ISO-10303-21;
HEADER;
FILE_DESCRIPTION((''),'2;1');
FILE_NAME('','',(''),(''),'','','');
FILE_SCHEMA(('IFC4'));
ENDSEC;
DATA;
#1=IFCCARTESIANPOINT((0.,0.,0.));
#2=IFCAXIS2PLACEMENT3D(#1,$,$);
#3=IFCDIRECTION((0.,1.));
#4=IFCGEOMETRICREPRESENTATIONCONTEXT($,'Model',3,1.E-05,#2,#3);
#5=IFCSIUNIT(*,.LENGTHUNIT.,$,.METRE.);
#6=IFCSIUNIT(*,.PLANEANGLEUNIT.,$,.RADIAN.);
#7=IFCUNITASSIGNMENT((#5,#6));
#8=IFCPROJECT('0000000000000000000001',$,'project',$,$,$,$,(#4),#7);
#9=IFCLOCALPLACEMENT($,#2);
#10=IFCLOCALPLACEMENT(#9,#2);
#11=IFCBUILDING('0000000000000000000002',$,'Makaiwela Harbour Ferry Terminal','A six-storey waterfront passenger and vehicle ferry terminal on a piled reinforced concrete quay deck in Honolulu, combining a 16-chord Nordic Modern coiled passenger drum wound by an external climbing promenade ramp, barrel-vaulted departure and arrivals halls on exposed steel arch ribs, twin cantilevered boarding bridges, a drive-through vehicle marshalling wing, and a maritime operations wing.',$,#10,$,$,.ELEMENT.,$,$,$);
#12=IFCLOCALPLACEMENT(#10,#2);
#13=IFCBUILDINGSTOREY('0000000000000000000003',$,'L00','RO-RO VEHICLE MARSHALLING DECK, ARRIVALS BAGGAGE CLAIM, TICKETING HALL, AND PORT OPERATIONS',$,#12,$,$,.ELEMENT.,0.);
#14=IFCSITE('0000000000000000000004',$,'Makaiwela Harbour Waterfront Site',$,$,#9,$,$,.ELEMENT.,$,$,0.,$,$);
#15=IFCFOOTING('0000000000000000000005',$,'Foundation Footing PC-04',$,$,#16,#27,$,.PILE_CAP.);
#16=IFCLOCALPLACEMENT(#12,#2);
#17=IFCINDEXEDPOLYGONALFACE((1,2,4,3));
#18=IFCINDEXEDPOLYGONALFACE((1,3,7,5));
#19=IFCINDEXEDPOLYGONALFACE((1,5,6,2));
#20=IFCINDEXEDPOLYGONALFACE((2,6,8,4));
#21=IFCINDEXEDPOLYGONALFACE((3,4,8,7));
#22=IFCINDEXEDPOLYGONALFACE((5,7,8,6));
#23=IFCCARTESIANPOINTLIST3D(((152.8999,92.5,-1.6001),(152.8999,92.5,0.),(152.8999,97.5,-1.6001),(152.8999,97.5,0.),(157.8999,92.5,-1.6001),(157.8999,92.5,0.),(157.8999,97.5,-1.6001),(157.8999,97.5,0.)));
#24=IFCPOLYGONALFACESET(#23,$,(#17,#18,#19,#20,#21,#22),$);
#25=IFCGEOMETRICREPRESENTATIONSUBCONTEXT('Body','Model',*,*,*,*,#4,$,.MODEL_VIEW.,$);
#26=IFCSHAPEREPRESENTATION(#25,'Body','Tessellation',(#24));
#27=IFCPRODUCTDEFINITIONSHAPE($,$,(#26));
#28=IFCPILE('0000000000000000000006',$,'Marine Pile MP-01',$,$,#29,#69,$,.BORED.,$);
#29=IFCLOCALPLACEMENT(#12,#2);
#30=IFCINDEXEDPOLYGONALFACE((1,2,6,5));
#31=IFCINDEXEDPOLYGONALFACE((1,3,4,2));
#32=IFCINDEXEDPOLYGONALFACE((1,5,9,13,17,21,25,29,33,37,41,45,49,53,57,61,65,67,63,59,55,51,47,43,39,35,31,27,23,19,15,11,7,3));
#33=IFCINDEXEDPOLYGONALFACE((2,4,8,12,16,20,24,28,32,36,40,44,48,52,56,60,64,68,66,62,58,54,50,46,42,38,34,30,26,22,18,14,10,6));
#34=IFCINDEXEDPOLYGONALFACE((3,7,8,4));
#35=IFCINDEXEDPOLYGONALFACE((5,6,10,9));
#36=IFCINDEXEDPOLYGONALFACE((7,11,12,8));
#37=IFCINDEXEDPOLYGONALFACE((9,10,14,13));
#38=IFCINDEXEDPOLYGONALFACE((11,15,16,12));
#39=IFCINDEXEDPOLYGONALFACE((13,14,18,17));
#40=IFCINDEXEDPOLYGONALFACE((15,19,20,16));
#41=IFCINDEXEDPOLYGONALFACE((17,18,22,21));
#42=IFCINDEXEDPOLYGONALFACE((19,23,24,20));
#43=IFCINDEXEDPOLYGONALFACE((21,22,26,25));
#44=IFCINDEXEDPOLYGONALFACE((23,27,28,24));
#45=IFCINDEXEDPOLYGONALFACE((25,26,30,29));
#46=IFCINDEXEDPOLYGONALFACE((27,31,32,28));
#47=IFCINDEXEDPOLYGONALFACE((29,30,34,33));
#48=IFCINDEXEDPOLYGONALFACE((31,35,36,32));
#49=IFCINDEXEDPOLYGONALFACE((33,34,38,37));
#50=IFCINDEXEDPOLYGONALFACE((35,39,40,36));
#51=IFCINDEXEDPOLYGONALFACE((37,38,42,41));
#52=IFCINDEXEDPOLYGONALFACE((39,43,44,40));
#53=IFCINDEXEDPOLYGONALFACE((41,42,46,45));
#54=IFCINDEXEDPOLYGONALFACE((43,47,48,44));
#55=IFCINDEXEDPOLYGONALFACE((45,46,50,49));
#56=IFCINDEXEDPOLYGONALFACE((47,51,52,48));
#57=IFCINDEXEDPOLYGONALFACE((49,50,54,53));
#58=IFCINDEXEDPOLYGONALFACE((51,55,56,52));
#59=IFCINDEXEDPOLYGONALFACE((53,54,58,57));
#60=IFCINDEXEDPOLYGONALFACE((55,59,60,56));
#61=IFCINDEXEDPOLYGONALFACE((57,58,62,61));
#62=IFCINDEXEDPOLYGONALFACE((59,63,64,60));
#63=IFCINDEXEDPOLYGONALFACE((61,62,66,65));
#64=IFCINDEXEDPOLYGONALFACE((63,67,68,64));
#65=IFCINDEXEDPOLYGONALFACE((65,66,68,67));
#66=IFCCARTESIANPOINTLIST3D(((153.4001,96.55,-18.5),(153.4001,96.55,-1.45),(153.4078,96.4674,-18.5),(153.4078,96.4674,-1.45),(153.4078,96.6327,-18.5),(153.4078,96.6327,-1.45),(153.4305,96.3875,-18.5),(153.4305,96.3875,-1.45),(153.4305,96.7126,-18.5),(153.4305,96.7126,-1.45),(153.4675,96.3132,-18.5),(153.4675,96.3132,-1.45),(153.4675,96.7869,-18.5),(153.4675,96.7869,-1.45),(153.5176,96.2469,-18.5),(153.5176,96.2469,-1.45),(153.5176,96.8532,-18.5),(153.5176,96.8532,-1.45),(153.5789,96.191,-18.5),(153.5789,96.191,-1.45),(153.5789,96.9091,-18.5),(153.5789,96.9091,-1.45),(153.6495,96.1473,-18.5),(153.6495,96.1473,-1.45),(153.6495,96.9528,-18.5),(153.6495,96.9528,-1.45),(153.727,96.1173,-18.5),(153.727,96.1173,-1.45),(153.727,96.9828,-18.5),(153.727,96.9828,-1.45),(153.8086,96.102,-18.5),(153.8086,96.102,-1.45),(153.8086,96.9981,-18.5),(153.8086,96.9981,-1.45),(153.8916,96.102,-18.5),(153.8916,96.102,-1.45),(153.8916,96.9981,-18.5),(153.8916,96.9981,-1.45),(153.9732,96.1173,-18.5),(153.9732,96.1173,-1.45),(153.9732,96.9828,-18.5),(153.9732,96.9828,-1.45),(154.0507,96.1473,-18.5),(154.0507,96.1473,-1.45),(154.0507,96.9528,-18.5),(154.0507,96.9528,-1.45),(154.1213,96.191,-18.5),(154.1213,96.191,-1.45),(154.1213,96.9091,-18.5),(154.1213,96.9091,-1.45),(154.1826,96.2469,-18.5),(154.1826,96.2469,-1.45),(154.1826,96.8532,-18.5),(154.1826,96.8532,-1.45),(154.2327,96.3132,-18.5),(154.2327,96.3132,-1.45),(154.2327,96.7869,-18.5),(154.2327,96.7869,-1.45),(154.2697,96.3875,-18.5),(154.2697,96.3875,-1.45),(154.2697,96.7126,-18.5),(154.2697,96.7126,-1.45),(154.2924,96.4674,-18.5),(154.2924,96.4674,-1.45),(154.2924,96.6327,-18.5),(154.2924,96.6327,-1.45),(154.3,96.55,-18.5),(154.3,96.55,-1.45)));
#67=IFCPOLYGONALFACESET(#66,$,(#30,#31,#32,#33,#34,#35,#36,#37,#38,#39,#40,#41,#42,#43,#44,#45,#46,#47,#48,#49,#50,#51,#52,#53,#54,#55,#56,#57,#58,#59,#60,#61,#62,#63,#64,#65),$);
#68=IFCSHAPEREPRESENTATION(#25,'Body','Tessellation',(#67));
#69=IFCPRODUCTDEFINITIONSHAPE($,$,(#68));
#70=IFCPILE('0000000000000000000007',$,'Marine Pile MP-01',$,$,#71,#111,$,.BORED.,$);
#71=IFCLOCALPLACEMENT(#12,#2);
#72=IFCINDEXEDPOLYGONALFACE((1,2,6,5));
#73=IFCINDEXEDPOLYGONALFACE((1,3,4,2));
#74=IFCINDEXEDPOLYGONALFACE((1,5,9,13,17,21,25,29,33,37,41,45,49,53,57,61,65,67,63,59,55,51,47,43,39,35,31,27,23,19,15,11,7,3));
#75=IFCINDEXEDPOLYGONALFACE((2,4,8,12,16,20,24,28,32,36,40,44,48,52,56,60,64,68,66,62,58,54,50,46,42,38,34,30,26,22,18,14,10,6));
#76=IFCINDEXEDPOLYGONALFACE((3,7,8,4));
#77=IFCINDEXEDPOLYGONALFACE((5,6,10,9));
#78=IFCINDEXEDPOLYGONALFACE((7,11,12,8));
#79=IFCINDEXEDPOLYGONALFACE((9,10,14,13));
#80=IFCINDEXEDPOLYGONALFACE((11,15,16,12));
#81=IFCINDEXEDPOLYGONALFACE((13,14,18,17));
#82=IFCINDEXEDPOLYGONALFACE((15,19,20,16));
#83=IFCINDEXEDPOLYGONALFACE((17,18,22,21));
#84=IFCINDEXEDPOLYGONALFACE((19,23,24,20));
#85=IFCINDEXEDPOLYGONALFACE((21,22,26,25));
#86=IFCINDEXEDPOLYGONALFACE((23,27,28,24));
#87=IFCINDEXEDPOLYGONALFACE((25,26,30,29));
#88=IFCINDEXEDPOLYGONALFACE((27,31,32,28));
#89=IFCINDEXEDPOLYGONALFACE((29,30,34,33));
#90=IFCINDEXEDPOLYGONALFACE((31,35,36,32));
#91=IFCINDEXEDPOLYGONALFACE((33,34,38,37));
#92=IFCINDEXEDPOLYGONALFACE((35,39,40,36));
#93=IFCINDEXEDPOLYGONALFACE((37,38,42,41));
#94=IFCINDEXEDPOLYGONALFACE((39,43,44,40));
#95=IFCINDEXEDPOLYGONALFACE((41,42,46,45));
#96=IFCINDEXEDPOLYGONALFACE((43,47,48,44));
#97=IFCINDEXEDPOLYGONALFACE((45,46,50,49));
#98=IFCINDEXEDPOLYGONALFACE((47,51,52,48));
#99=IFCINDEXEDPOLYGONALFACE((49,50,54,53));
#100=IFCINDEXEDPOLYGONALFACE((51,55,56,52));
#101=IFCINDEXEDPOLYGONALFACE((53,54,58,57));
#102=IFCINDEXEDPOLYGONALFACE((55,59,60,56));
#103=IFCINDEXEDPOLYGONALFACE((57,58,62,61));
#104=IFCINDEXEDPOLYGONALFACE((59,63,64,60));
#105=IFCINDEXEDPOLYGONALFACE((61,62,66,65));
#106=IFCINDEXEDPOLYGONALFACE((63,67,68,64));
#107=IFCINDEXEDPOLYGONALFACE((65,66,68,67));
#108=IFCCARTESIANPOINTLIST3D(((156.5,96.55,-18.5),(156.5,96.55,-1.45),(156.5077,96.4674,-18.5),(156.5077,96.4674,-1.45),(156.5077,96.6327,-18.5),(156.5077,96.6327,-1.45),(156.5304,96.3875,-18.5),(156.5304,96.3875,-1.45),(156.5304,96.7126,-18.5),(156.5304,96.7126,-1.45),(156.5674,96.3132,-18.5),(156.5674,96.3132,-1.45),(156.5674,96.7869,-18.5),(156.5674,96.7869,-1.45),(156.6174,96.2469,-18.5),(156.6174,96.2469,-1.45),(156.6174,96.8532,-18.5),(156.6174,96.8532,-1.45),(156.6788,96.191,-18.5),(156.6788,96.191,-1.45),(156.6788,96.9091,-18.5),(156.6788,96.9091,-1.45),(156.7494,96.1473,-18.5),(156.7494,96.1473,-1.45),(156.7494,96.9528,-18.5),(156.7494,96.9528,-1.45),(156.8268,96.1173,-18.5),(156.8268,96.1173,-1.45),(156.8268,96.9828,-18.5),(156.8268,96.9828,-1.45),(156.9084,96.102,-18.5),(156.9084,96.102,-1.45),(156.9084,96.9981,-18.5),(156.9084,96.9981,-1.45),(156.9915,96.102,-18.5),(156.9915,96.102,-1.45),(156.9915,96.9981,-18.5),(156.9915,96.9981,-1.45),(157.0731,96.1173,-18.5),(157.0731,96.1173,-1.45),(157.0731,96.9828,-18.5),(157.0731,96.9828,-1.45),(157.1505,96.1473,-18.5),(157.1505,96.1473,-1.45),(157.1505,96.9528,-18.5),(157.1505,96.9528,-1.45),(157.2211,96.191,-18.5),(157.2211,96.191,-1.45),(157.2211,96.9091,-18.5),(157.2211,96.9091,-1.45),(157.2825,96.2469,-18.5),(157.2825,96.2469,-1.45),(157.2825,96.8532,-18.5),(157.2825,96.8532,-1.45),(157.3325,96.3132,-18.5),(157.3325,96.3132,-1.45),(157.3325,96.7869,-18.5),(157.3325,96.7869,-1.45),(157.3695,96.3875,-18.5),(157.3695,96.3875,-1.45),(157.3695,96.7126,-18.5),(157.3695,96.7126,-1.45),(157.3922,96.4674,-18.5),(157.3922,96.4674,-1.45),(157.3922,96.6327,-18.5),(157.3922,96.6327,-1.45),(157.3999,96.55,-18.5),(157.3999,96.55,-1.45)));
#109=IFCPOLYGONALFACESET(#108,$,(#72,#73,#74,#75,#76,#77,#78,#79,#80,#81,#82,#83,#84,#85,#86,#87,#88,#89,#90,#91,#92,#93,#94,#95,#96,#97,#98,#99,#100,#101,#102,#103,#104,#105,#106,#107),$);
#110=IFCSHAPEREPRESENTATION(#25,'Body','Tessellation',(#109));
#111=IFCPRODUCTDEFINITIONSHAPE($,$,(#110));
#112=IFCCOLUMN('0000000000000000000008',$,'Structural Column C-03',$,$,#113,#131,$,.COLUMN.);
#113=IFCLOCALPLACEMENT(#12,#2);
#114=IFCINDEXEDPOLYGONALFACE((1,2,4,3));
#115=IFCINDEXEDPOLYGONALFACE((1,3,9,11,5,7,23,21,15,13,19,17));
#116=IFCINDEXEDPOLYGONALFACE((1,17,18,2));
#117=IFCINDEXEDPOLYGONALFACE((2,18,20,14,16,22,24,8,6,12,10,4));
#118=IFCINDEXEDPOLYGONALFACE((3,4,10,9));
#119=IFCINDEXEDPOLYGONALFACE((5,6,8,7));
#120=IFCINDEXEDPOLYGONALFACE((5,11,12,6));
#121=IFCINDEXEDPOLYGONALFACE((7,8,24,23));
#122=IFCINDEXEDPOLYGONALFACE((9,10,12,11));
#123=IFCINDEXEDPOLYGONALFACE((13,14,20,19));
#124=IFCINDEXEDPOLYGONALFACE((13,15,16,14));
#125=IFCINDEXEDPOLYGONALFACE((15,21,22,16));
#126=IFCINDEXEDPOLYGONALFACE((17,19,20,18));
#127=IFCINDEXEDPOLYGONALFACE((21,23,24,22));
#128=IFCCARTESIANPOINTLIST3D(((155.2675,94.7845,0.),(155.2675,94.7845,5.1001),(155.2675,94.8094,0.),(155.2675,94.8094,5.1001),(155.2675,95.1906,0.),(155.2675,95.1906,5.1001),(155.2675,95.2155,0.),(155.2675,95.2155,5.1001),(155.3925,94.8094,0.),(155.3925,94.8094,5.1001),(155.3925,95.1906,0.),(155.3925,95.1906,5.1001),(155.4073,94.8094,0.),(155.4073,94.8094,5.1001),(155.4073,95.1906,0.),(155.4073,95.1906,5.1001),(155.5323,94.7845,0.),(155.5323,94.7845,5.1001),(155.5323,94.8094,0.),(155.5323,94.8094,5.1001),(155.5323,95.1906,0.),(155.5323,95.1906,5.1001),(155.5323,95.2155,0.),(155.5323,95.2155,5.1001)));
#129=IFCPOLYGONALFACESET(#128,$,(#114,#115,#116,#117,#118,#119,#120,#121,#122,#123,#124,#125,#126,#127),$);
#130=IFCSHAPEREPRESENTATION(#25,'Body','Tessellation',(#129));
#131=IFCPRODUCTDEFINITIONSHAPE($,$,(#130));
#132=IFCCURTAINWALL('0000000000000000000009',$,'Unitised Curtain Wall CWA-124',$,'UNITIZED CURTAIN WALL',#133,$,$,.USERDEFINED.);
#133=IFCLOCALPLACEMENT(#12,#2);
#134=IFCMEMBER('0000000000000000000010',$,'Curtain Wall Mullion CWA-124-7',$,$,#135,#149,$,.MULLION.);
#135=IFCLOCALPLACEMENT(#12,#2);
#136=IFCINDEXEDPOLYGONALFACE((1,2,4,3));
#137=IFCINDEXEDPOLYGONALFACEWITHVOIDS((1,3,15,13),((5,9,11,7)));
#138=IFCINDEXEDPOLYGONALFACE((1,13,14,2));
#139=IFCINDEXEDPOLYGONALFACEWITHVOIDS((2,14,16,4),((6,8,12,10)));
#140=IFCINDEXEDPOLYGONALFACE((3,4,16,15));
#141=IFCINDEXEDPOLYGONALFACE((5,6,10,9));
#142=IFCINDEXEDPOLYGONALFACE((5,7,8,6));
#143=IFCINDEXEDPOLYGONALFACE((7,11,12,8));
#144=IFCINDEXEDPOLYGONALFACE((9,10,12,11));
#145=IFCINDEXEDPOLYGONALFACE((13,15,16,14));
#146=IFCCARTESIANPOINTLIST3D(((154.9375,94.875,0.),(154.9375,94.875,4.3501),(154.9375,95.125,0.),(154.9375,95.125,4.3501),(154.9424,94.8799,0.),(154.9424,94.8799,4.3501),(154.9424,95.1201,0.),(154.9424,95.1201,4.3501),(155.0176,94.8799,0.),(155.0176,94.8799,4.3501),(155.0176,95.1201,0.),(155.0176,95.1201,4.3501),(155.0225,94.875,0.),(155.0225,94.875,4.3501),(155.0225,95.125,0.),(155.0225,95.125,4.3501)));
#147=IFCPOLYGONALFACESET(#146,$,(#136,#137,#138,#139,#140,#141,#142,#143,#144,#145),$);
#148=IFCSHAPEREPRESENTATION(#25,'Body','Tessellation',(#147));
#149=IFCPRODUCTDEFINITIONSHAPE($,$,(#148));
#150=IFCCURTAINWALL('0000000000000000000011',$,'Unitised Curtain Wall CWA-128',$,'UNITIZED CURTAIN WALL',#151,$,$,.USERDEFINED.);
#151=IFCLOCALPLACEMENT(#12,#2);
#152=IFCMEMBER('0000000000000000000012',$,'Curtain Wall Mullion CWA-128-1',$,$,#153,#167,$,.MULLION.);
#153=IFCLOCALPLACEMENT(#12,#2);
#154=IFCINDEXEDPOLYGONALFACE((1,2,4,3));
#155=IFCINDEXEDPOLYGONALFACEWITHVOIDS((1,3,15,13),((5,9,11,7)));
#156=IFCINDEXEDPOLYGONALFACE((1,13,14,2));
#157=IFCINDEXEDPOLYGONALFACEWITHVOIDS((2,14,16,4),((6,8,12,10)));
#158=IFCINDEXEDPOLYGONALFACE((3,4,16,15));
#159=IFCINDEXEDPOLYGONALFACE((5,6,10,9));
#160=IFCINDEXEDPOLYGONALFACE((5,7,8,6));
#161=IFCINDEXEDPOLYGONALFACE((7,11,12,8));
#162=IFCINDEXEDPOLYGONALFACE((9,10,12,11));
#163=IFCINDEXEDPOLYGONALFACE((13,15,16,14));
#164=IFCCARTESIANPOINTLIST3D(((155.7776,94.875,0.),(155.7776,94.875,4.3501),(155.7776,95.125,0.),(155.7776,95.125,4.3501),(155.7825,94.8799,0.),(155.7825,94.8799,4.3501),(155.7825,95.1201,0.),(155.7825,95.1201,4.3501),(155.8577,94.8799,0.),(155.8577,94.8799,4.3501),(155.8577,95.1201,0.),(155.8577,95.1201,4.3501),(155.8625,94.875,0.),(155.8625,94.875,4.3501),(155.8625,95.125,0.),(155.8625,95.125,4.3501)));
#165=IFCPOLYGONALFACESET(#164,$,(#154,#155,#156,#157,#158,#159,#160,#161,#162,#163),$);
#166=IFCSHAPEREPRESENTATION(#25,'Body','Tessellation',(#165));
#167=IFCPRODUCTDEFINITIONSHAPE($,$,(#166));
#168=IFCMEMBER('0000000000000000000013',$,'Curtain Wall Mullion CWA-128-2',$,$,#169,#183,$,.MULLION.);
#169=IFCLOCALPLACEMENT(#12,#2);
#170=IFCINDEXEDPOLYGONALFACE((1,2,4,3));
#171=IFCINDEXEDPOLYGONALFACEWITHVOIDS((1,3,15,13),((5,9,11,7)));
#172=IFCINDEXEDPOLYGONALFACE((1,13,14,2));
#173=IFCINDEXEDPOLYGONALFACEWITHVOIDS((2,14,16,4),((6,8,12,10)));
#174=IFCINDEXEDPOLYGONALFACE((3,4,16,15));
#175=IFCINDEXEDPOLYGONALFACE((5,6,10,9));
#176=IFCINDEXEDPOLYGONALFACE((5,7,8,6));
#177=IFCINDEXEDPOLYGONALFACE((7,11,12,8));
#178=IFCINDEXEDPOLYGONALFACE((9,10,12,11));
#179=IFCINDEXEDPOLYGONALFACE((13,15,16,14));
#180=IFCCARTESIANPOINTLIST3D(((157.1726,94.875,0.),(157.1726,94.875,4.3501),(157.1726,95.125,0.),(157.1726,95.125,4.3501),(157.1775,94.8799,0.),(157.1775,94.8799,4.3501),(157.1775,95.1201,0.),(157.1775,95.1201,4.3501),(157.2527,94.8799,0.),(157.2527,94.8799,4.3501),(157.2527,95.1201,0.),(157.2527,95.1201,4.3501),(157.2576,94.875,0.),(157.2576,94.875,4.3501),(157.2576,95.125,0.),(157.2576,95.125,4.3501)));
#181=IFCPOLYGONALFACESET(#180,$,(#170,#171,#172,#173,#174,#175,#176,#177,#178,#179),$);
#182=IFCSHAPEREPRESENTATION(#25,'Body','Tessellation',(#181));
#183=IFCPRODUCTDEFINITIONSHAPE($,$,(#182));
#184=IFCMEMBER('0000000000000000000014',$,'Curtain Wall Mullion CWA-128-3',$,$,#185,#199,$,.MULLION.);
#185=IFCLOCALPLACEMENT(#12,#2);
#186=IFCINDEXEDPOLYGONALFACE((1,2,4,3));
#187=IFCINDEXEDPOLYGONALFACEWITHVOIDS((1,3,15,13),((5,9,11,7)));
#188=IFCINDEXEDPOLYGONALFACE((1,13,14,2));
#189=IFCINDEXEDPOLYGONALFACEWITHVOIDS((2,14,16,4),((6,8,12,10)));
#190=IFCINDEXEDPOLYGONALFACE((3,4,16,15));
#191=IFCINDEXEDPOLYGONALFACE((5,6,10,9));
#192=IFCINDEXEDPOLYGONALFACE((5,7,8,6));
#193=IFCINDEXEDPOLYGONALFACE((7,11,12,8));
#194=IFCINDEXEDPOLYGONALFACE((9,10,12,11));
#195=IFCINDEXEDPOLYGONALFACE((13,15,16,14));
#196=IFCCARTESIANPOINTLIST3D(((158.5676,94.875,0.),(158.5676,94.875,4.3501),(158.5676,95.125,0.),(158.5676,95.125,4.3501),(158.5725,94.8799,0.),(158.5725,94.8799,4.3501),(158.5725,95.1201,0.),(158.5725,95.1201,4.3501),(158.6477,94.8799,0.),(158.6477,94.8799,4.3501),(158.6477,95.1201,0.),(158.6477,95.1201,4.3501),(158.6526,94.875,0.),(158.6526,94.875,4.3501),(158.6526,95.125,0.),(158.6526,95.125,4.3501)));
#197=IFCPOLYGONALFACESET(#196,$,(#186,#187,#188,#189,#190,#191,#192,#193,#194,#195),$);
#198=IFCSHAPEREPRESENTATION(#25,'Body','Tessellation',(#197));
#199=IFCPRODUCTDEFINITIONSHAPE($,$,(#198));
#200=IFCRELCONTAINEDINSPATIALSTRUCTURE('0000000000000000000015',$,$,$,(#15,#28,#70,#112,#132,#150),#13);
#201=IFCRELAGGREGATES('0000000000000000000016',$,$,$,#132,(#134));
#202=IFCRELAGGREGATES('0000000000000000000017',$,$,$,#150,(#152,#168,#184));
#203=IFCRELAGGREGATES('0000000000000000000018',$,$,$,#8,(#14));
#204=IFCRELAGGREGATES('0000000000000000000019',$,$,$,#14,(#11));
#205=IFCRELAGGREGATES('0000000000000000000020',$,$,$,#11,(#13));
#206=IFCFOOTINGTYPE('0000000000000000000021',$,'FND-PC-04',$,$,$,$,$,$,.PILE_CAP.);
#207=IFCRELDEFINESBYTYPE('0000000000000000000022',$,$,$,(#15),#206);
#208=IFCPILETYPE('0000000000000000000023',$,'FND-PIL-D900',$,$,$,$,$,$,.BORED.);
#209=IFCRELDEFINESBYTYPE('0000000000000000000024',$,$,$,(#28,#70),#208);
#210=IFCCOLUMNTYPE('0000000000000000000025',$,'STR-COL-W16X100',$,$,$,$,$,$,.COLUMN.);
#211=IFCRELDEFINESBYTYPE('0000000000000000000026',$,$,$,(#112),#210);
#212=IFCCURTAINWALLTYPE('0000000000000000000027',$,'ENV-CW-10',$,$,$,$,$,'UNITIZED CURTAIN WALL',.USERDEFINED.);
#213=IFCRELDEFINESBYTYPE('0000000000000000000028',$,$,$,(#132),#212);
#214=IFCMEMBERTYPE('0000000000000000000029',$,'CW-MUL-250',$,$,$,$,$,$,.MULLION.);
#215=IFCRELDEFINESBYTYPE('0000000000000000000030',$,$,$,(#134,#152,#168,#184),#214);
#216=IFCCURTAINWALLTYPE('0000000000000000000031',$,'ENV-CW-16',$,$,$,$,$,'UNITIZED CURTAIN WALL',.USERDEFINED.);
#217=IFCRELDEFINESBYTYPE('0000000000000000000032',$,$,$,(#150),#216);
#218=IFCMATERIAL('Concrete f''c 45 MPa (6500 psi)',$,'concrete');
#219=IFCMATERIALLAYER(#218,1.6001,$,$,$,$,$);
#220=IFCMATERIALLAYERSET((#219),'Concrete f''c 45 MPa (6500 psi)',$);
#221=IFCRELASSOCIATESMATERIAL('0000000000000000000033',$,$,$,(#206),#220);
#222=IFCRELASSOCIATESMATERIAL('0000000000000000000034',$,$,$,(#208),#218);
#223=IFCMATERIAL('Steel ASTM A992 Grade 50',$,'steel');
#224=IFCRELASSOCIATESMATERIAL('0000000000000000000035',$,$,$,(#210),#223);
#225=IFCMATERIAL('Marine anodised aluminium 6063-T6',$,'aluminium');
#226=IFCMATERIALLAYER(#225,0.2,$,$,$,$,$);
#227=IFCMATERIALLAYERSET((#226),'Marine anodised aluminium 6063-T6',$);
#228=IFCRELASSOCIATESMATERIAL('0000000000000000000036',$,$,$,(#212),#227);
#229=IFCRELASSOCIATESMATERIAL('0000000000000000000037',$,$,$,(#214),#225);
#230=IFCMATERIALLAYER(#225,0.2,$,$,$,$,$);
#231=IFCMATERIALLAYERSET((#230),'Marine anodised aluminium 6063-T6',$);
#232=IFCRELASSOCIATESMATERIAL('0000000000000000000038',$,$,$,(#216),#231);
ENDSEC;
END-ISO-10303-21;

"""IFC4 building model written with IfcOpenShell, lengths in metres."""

from ifc_helpers import new_model, si_unit, direction, frame, origin, origin_2d, place, context, subcontext, project, spatial, rectangle, hollow_rectangle, circle, i_section, extrude, material, layer, layer_set, material_profile, profile_set, type_object, element, aggregate, save


model = new_model("IFC4")

# Units and contexts
model_context = context("Model", 3, precision=1e-05, world=origin(), true_north=direction((0.0, 1.0)))
body_context = subcontext(model_context, "Body", "Model", "MODEL_VIEW")
ifc_project = project(units=[si_unit("LENGTHUNIT", "METRE"), si_unit("PLANEANGLEUNIT", "RADIAN")], contexts=[model_context])

# Site, building, storey
site_placement = place(None, origin())
site = spatial("IfcSite", under=ifc_project, at=site_placement, Name="Makaiwela Harbour Waterfront Site", CompositionType="ELEMENT", RefElevation=0.0)
building_placement = place(site_placement, origin())
building = spatial("IfcBuilding", under=site, at=building_placement, Name="Makaiwela Harbour Ferry Terminal", Description="A six-storey waterfront passenger and vehicle ferry terminal on a piled reinforced concrete quay deck in Honolulu, combining a 16-chord Nordic Modern coiled passenger drum wound by an external climbing promenade ramp, barrel-vaulted departure and arrivals halls on exposed steel arch ribs, twin cantilevered boarding bridges, a drive-through vehicle marshalling wing, and a maritime operations wing.", CompositionType="ELEMENT")
storey_placement = place(building_placement, origin())
storey = spatial("IfcBuildingStorey", under=building, at=storey_placement, Name="L00", Description="RO-RO VEHICLE MARSHALLING DECK, ARRIVALS BAGGAGE CLAIM, TICKETING HALL, AND PORT OPERATIONS", CompositionType="ELEMENT", Elevation=0.0)

# Footing
ifc_material_1 = material(Name="Concrete f'c 45 MPa (6500 psi)", Category="concrete")
ifc_layer_1 = layer(ifc_material_1, 1.6001)
ifc_layer_set_1 = layer_set([ifc_layer_1], Name="Concrete f'c 45 MPa (6500 psi)")
footing_type = type_object("IfcFootingType", Name="FND-PC-04", PredefinedType="PILE_CAP", material=ifc_layer_set_1)
footing_placement = place(storey_placement, frame((155.3999, 95.0, -1.6001), z_axis=(0.0, 0.0, 1.0), x_axis=(1.0, 0.0, 0.0)))
element("IfcFooting", 1, at=footing_placement, inside=storey, type_object=footing_type, Name="Foundation Footing PC-04", PredefinedType="PILE_CAP", context=body_context, shape_type="SweptSolid", body=[
    extrude(rectangle(XDim=5.0, YDim=5.0, at=origin_2d()), origin(), (0.0, 0.0, 1.0), 1.6001),
])

# Piles
ifc_material_profile_1 = material_profile(ifc_material_1, circle(Radius=0.45, at=origin_2d()), Name="PILE-D900")
ifc_profile_set_1 = profile_set([ifc_material_profile_1], Name="Concrete f'c 45 MPa (6500 psi)")
pile_type = type_object("IfcPileType", Name="FND-PIL-D900", PredefinedType="BORED", material=ifc_profile_set_1)
for number, where, z_axis, x_axis, name in (
    (2, (153.8501, 96.55, -1.45), (0.0, 0.0, -1.0), (1.0, 0.0, 0.0), "Marine Pile MP-01"),
    (3, (156.95, 96.55, -1.45), (0.0, 0.0, -1.0), (1.0, 0.0, 0.0), "Marine Pile MP-01"),
):
    element("IfcPile", number, at=place(storey_placement, frame(where, z_axis=z_axis, x_axis=x_axis)), inside=storey, type_object=pile_type, Name=name, PredefinedType="BORED", context=body_context, shape_type="SweptSolid", body=[
        extrude(circle(Radius=0.45, at=origin_2d()), origin(), (0.0, 0.0, 1.0), 17.05),
    ])

# Column
ifc_material_2 = material(Name="Steel ASTM A992 Grade 50", Category="steel")
ifc_material_profile_2 = material_profile(ifc_material_2, i_section(OverallWidth=0.2649, OverallDepth=0.4309, WebThickness=0.0149, FlangeThickness=0.0249, at=origin_2d()), Name="W16X100")
ifc_profile_set_2 = profile_set([ifc_material_profile_2], Name="Steel ASTM A992 Grade 50")
column_type = type_object("IfcColumnType", Name="STR-COL-W16X100", PredefinedType="COLUMN", material=ifc_profile_set_2)
column_placement = place(storey_placement, frame((155.3999, 95.0, 0.0), z_axis=(0.0, 0.0, 1.0), x_axis=(1.0, 0.0, 0.0)))
element("IfcColumn", 4, at=column_placement, inside=storey, type_object=column_type, Name="Structural Column C-03", PredefinedType="COLUMN", context=body_context, shape_type="SweptSolid", body=[
    extrude(i_section(OverallWidth=0.2649, OverallDepth=0.4309, WebThickness=0.0149, FlangeThickness=0.0249, at=origin_2d()), origin(), (0.0, 0.0, 1.0), 5.1001),
])

# Curtain wall, member
ifc_material_3 = material(Name="Marine anodised aluminium 6063-T6", Category="aluminium")
ifc_layer_2 = layer(ifc_material_3, 0.2)
ifc_layer_set_2 = layer_set([ifc_layer_2], Name="Marine anodised aluminium 6063-T6")
curtain_wall_type_1 = type_object("IfcCurtainWallType", Name="ENV-CW-10", ElementType="UNITIZED CURTAIN WALL", PredefinedType="USERDEFINED", material=ifc_layer_set_2)
curtain_wall_1_placement = place(storey_placement, origin())
curtain_wall_1 = element("IfcCurtainWall", 5, at=curtain_wall_1_placement, inside=storey, type_object=curtain_wall_type_1, Name="Unitised Curtain Wall CWA-124", ObjectType="UNITIZED CURTAIN WALL", PredefinedType="USERDEFINED")
ifc_material_profile_3 = material_profile(ifc_material_3, hollow_rectangle(XDim=0.085, YDim=0.25, WallThickness=0.0049, at=origin_2d()), Name="CWM-250X85")
ifc_profile_set_3 = profile_set([ifc_material_profile_3], Name="Marine anodised aluminium 6063-T6")
member_type_1 = type_object("IfcMemberType", Name="CW-MUL-250", PredefinedType="MULLION", material=ifc_profile_set_3)
member_1_placement = place(storey_placement, frame((154.98, 95.0, 0.0), z_axis=(0.0, 0.0, 1.0), x_axis=(1.0, 0.0, 0.0)))
member_1 = element("IfcMember", 6, at=member_1_placement, type_object=member_type_1, Name="Curtain Wall Mullion CWA-124-7", PredefinedType="MULLION", context=body_context, shape_type="SweptSolid", body=[
    extrude(hollow_rectangle(XDim=0.085, YDim=0.25, WallThickness=0.0049, at=origin_2d()), origin(), (0.0, 0.0, 1.0), 4.3501),
])

# Curtain wall, members
ifc_layer_3 = layer(ifc_material_3, 0.2)
ifc_layer_set_3 = layer_set([ifc_layer_3], Name="Marine anodised aluminium 6063-T6")
curtain_wall_type_2 = type_object("IfcCurtainWallType", Name="ENV-CW-16", ElementType="UNITIZED CURTAIN WALL", PredefinedType="USERDEFINED", material=ifc_layer_set_3)
curtain_wall_2_placement = place(storey_placement, origin())
curtain_wall_2 = element("IfcCurtainWall", 7, at=curtain_wall_2_placement, inside=storey, type_object=curtain_wall_type_2, Name="Unitised Curtain Wall CWA-128", ObjectType="UNITIZED CURTAIN WALL", PredefinedType="USERDEFINED")
member_2_placement = place(storey_placement, frame((155.8201, 95.0, 0.0), z_axis=(0.0, 0.0, 1.0), x_axis=(1.0, 0.0, 0.0)))
member_2 = element("IfcMember", 8, at=member_2_placement, type_object=member_type_1, Name="Curtain Wall Mullion CWA-128-1", PredefinedType="MULLION", context=body_context, shape_type="SweptSolid", body=[
    extrude(hollow_rectangle(XDim=0.085, YDim=0.25, WallThickness=0.0049, at=origin_2d()), origin(), (0.0, 0.0, 1.0), 4.3501),
])
member_3_placement = place(storey_placement, frame((157.2151, 95.0, 0.0), z_axis=(0.0, 0.0, 1.0), x_axis=(1.0, 0.0, 0.0)))
member_3 = element("IfcMember", 9, at=member_3_placement, type_object=member_type_1, Name="Curtain Wall Mullion CWA-128-2", PredefinedType="MULLION", context=body_context, shape_type="SweptSolid", body=[
    extrude(hollow_rectangle(XDim=0.085, YDim=0.25, WallThickness=0.0049, at=origin_2d()), origin(), (0.0, 0.0, 1.0), 4.3501),
])
member_4_placement = place(storey_placement, frame((158.6101, 95.0, 0.0), z_axis=(0.0, 0.0, 1.0), x_axis=(1.0, 0.0, 0.0)))
member_4 = element("IfcMember", 10, at=member_4_placement, type_object=member_type_1, Name="Curtain Wall Mullion CWA-128-3", PredefinedType="MULLION", context=body_context, shape_type="SweptSolid", body=[
    extrude(hollow_rectangle(XDim=0.085, YDim=0.25, WallThickness=0.0049, at=origin_2d()), origin(), (0.0, 0.0, 1.0), 4.3501),
])

aggregate(curtain_wall_1, [member_1])
aggregate(curtain_wall_2, [member_2, member_3, member_4])

save(model, "model.ifc")
